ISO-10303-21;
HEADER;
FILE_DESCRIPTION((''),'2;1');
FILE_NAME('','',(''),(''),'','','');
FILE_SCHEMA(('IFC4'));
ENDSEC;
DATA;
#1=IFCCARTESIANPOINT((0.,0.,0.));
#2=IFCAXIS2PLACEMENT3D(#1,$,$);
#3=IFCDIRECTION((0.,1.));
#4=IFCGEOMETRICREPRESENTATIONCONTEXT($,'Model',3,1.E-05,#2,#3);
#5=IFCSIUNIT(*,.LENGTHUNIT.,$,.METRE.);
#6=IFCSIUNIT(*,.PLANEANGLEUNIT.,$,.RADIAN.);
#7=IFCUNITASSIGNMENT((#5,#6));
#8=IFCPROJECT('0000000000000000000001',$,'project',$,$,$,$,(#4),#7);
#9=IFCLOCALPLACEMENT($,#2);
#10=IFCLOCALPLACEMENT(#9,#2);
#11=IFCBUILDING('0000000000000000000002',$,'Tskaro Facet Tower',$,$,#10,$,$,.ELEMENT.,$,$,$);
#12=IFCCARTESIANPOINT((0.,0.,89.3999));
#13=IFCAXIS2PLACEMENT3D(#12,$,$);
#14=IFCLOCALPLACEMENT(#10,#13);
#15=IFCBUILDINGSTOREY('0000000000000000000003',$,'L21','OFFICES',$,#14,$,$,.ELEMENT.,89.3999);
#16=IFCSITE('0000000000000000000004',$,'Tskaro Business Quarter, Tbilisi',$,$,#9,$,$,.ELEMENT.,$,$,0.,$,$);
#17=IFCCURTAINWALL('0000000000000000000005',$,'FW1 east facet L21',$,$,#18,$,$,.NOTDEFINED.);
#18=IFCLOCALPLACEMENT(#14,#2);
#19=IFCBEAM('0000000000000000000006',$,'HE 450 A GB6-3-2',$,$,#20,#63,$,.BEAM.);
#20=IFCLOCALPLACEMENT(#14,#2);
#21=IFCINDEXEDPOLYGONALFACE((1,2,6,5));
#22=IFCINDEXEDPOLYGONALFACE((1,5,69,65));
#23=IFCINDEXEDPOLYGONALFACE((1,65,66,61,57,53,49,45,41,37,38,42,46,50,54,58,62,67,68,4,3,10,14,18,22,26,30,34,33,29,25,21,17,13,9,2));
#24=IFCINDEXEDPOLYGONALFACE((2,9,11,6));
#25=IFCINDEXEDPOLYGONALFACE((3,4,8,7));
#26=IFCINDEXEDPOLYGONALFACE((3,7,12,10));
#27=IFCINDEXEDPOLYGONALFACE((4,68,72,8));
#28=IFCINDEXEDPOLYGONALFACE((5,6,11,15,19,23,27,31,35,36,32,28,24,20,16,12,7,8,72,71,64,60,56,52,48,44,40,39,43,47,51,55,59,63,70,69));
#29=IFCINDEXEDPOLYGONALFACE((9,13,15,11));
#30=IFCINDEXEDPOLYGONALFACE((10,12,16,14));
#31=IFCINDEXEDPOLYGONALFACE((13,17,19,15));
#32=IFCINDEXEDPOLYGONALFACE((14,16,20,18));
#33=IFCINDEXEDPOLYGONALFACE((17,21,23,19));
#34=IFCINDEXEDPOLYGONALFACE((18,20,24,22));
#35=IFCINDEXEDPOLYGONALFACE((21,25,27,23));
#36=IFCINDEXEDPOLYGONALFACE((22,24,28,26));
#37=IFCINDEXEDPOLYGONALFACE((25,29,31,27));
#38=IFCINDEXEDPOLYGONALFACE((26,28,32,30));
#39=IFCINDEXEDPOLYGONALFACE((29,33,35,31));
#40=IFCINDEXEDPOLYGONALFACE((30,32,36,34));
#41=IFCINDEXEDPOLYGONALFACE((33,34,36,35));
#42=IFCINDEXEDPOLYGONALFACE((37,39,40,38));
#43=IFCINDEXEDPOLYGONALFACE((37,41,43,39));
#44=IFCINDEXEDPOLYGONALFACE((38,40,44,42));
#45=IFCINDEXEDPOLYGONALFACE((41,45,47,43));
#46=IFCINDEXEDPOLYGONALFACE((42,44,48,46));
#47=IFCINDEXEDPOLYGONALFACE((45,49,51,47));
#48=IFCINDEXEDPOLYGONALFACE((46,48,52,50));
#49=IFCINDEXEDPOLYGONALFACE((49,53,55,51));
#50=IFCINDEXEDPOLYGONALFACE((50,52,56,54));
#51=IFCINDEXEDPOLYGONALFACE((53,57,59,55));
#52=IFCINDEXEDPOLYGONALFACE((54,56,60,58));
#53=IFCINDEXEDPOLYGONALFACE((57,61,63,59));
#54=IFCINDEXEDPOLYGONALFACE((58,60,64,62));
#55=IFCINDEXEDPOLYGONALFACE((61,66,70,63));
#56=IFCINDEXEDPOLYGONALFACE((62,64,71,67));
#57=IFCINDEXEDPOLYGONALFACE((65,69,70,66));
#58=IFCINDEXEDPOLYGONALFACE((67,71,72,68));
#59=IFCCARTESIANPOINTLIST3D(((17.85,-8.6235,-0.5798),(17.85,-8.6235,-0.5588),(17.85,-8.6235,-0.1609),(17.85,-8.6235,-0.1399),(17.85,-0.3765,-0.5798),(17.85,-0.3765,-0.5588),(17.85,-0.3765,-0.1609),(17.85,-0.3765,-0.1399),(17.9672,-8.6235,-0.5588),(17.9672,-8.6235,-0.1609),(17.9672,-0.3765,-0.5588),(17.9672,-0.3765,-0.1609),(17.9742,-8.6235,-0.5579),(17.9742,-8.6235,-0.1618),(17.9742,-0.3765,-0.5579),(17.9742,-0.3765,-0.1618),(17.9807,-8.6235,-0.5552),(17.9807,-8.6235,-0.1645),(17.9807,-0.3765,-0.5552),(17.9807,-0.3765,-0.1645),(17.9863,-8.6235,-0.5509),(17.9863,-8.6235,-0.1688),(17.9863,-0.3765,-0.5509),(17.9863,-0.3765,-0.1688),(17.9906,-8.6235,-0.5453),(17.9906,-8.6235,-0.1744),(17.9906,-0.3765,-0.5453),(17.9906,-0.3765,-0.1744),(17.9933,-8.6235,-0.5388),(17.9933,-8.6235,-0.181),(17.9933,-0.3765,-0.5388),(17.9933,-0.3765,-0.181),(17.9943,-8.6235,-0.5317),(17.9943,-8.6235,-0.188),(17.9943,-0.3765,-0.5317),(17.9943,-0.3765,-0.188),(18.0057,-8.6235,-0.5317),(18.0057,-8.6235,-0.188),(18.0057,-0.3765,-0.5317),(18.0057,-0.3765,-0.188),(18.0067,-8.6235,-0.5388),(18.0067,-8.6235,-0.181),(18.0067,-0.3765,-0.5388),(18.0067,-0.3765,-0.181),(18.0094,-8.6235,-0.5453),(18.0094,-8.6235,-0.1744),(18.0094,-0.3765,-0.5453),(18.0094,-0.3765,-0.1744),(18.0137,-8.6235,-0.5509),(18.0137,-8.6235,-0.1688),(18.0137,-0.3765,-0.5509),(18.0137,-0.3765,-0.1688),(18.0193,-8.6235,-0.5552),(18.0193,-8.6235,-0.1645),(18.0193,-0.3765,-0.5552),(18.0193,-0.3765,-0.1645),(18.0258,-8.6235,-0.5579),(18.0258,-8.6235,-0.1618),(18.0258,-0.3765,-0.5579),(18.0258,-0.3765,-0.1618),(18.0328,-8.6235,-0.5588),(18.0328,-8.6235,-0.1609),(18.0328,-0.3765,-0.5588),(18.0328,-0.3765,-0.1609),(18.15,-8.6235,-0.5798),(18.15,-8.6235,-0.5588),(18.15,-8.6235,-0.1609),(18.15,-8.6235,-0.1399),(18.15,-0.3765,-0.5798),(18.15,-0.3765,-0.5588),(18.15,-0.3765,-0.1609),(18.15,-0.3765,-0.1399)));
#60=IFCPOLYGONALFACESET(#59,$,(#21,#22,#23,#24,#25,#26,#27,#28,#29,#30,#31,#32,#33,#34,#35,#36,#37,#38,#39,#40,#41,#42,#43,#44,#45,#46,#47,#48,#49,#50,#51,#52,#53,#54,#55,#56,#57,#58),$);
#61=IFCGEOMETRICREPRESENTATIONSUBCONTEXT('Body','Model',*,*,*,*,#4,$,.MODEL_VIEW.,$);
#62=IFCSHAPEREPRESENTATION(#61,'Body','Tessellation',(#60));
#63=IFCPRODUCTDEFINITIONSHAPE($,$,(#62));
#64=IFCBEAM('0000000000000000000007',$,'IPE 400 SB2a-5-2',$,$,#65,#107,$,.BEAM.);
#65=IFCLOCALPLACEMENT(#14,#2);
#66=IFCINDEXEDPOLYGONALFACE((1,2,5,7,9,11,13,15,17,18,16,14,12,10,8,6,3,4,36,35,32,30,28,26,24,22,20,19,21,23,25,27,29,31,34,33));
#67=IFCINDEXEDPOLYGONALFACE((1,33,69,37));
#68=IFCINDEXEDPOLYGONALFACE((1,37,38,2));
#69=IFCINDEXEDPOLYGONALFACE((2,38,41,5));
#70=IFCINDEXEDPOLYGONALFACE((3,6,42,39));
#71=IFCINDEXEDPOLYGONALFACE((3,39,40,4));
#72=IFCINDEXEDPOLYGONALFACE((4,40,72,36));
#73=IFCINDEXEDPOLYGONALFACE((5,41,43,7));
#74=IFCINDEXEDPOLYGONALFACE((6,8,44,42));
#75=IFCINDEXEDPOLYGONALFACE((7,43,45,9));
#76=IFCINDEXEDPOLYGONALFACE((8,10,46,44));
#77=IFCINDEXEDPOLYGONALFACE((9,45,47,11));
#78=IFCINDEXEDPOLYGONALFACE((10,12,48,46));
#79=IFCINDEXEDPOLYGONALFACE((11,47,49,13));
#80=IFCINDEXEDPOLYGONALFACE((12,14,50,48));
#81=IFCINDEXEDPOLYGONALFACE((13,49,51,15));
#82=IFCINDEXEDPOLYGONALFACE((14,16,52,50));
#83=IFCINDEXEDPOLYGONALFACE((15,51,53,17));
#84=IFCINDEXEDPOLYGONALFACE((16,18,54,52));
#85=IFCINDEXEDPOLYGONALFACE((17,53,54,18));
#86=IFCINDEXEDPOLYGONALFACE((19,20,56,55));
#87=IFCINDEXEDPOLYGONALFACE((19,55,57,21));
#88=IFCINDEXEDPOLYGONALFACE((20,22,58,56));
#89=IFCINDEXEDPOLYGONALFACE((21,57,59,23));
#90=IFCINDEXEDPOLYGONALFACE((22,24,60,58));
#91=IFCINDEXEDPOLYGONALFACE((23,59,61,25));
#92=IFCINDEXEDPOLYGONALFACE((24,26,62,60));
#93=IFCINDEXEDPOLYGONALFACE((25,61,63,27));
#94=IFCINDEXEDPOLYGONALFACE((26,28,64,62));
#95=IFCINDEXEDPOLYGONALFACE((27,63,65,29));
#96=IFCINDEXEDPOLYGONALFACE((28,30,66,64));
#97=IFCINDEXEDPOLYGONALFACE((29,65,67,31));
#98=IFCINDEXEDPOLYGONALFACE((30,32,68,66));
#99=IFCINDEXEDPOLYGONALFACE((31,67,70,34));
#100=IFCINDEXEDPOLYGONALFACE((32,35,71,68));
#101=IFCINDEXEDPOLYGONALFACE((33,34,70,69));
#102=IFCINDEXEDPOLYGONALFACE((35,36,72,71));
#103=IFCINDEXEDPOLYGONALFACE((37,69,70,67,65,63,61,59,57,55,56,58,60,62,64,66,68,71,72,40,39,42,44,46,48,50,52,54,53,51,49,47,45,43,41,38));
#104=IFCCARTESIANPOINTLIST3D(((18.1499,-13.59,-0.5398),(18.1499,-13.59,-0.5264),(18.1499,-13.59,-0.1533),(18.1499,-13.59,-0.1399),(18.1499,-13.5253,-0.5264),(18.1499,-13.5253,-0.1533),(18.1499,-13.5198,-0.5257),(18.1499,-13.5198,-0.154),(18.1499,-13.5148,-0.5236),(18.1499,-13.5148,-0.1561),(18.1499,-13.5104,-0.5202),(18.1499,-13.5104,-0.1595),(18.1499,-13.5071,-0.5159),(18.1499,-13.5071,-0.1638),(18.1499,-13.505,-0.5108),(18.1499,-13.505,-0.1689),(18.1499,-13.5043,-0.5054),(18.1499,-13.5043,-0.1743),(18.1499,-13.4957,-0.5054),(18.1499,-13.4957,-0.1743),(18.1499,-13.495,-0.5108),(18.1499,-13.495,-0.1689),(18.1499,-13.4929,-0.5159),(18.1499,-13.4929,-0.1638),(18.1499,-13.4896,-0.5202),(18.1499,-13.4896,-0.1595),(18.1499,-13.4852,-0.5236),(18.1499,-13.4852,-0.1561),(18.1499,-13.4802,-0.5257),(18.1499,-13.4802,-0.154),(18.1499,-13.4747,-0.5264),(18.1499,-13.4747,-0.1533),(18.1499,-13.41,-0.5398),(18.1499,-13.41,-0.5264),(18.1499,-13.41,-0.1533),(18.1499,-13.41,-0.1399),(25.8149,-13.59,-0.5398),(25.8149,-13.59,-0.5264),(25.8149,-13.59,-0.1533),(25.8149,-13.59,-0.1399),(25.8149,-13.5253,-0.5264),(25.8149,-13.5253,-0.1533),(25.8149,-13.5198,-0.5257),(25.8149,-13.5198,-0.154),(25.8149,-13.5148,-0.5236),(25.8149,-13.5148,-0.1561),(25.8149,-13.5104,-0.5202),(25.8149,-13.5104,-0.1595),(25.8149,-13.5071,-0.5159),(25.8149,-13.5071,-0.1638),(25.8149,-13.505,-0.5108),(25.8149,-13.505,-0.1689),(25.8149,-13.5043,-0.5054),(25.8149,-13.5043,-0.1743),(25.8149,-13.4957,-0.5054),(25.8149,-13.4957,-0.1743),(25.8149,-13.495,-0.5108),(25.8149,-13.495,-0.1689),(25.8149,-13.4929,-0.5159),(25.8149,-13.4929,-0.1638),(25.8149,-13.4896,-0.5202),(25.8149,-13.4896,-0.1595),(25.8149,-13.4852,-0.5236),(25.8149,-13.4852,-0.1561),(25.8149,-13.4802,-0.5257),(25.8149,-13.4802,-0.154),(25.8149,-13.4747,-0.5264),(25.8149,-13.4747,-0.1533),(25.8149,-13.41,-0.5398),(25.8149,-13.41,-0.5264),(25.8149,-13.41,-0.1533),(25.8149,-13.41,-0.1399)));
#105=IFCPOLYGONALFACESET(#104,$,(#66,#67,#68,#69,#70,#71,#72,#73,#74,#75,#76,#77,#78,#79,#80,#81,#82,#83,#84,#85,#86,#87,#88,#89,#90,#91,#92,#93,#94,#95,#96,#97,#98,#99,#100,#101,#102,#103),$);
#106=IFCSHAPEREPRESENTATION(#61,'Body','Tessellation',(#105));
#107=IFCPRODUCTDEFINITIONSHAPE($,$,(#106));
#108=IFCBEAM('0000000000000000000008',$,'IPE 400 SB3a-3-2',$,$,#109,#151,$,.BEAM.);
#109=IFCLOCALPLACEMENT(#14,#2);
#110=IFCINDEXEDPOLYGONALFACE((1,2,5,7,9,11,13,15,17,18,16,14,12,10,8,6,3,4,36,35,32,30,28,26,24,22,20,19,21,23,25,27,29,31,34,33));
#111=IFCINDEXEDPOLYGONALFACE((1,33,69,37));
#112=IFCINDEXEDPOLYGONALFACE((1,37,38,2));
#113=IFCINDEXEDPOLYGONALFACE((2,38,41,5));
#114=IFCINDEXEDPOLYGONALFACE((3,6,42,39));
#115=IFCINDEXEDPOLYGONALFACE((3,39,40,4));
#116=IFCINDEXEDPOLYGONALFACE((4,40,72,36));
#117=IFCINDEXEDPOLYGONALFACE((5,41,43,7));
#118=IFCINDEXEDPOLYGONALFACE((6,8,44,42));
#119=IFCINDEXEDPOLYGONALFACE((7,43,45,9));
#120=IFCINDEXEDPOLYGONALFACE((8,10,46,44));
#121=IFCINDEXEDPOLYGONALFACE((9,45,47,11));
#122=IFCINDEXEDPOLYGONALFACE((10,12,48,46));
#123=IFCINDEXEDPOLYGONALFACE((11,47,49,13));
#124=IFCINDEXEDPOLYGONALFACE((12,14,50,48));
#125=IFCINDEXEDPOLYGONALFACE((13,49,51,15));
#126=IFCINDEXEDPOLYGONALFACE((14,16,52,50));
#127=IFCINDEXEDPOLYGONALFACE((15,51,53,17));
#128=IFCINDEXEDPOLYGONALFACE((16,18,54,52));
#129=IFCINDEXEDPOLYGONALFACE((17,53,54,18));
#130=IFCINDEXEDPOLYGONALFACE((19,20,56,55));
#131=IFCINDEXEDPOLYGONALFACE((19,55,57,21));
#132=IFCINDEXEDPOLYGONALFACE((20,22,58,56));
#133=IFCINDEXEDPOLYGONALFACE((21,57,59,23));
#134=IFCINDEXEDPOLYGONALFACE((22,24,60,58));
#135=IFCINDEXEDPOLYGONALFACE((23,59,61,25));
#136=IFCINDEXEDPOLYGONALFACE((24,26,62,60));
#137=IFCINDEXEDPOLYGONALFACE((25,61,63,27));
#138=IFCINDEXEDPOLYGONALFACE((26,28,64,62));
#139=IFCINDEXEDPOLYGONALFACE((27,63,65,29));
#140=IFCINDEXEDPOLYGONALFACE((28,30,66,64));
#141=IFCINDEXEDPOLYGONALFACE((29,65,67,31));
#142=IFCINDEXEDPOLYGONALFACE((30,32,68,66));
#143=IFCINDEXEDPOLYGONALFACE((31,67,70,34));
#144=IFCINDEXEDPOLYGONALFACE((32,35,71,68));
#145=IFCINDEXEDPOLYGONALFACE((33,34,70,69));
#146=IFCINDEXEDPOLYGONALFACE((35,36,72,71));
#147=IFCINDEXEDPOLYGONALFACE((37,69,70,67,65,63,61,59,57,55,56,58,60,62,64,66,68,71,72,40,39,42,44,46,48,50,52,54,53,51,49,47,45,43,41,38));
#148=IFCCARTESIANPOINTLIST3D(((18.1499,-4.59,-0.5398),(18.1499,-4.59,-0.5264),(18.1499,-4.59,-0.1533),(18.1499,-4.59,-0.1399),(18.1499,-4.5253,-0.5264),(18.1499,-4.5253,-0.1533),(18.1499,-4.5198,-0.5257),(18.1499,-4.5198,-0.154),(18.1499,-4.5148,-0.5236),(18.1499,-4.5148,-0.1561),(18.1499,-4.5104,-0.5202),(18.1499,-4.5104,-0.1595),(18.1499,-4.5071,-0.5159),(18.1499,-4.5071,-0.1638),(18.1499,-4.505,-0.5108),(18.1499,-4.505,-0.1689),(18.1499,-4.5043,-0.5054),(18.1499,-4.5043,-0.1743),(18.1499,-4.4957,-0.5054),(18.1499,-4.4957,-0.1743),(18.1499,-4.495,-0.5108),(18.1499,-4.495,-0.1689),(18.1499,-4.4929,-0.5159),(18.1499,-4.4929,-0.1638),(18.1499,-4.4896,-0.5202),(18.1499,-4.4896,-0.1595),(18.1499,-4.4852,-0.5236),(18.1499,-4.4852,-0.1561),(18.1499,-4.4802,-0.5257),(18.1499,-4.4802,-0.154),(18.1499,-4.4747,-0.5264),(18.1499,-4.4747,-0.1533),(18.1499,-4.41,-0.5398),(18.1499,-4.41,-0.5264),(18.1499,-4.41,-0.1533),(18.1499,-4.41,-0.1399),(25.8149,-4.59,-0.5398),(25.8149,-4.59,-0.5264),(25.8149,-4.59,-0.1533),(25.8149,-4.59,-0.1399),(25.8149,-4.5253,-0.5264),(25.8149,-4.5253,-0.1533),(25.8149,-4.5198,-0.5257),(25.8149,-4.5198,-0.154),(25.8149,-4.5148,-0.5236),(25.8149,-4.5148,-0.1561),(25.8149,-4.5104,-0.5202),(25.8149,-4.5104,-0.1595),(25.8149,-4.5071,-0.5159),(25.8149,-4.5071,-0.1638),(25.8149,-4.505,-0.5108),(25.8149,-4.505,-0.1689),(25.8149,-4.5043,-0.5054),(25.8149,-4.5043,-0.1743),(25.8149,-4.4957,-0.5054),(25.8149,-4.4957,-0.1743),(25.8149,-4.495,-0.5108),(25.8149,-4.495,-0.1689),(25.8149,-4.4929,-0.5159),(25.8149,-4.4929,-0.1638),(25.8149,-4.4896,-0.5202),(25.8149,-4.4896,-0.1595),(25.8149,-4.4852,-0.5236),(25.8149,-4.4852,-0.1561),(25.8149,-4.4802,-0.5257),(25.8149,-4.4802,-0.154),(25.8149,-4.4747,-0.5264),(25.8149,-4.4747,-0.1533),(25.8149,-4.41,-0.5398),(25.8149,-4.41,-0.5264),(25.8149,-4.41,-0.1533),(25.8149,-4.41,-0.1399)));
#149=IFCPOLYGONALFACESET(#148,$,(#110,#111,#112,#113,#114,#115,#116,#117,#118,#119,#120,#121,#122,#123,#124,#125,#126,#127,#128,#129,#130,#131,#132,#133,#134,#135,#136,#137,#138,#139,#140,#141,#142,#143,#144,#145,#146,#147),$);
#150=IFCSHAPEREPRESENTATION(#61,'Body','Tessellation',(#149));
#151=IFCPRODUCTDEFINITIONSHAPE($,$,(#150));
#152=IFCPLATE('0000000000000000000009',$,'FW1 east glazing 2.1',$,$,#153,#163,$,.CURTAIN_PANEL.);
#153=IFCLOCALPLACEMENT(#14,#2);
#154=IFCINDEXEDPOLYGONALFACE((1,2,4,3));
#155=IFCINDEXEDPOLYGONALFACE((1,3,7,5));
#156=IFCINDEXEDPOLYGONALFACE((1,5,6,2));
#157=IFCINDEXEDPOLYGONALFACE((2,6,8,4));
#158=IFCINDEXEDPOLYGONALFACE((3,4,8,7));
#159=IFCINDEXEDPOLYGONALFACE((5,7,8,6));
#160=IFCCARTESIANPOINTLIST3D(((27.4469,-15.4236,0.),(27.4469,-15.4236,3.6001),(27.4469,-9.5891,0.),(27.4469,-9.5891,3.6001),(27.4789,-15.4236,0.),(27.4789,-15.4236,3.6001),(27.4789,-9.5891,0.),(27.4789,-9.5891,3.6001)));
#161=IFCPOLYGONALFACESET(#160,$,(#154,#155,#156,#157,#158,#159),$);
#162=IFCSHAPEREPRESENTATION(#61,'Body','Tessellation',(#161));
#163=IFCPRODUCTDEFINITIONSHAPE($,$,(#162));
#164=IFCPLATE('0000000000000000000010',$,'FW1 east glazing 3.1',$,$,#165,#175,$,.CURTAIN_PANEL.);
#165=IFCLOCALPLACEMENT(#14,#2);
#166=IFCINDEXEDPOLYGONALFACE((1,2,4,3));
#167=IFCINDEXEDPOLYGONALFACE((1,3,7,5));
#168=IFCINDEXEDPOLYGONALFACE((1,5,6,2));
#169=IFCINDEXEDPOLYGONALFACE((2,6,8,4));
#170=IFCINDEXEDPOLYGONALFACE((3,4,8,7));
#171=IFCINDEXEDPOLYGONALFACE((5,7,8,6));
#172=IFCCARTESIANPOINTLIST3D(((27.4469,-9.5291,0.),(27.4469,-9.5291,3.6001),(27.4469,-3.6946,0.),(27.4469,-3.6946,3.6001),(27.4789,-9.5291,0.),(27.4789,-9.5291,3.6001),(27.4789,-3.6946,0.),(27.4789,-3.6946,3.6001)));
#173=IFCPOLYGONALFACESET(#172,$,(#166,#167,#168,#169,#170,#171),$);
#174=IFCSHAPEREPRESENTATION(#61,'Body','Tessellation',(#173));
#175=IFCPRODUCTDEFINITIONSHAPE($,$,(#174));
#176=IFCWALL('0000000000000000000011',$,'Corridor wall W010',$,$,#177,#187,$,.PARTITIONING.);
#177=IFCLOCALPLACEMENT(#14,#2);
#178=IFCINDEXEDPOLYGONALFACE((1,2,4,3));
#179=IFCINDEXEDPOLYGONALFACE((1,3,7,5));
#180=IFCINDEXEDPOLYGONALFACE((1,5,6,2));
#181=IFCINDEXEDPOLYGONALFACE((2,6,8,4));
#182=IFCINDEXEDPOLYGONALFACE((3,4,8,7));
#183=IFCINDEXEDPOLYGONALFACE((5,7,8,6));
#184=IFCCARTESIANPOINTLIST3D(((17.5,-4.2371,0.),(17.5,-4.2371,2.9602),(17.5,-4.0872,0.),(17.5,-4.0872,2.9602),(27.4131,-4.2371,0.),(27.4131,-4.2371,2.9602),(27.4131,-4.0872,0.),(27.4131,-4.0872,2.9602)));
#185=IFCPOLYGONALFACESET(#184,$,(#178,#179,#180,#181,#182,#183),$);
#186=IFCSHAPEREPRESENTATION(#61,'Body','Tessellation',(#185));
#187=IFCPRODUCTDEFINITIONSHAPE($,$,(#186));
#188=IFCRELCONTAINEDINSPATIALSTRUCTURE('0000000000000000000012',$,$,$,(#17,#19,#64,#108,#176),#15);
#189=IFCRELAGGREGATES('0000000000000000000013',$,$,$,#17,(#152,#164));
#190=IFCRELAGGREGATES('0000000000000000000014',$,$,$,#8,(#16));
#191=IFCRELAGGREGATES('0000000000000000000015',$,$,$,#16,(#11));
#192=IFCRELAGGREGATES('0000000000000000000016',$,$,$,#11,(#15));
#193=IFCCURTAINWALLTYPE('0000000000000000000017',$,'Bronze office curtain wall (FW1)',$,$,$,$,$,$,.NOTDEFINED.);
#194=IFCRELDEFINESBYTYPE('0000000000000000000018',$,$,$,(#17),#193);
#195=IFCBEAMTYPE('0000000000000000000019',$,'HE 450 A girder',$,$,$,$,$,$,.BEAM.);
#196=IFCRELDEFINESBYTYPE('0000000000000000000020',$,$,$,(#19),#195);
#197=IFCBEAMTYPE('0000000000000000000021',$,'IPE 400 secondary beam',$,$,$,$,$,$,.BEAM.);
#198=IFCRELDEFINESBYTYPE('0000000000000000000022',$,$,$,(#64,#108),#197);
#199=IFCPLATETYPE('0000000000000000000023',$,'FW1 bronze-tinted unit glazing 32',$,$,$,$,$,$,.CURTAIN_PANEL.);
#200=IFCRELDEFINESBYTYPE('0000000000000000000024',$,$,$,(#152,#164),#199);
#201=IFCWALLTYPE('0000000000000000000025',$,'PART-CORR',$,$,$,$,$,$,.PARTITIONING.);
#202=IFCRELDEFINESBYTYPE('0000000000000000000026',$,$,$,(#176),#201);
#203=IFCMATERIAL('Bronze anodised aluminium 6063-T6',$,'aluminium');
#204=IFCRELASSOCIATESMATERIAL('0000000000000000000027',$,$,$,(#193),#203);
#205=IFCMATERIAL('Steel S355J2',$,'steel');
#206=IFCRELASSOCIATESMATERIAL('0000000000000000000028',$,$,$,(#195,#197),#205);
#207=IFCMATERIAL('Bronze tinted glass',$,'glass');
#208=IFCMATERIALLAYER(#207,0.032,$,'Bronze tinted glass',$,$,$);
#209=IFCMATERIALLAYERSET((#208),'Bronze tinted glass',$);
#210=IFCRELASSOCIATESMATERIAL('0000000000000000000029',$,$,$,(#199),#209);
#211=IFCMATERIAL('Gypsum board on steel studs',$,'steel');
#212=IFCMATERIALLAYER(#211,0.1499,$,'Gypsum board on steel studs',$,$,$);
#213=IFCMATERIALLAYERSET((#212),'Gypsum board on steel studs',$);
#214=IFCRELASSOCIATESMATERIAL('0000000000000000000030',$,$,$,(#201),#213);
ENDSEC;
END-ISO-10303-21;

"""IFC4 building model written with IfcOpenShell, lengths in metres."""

from ifc_helpers import new_model, si_unit, direction, frame, frame_2d, origin, origin_2d, place, context, subcontext, project, spatial, rectangle, i_section, extrude, material, layer, layer_set, material_profile, profile_set, type_object, element, aggregate, save


model = new_model("IFC4")

# Units and contexts
model_context = context("Model", 3, precision=1e-05, world=origin(), true_north=direction((0.0, 1.0)))
body_context = subcontext(model_context, "Body", "Model", "MODEL_VIEW")
ifc_project = project(units=[si_unit("LENGTHUNIT", "METRE"), si_unit("PLANEANGLEUNIT", "RADIAN")], contexts=[model_context])

# Site, building, storey
site_placement = place(None, origin())
site = spatial("IfcSite", under=ifc_project, at=site_placement, Name="Tskaro Business Quarter, Tbilisi", CompositionType="ELEMENT", RefElevation=0.0)
building_placement = place(site_placement, origin())
building = spatial("IfcBuilding", under=site, at=building_placement, Name="Tskaro Facet Tower", CompositionType="ELEMENT")
storey_placement = place(building_placement, frame((0.0, 0.0, 89.3999)))
storey = spatial("IfcBuildingStorey", under=building, at=storey_placement, Name="L21", Description="OFFICES", CompositionType="ELEMENT", Elevation=89.3999)

# Curtain wall
ifc_material_1 = material(Name="Bronze anodised aluminium 6063-T6", Category="aluminium")
curtain_wall_type = type_object("IfcCurtainWallType", Name="Bronze office curtain wall (FW1)", PredefinedType="NOTDEFINED", material=ifc_material_1)
curtain_wall_placement = place(storey_placement, origin())
curtain_wall = element("IfcCurtainWall", 1, at=curtain_wall_placement, inside=storey, type_object=curtain_wall_type, Name="FW1 east facet L21", PredefinedType="NOTDEFINED")

# Beams
ifc_material_2 = material(Name="Steel S355J2", Category="steel")
ifc_material_profile_1 = material_profile(ifc_material_2, i_section(OverallWidth=0.3, OverallDepth=0.4399, WebThickness=0.0115, FlangeThickness=0.021, FilletRadius=0.0271, at=origin_2d()), Name="HE 450 A")
ifc_profile_set_1 = profile_set([ifc_material_profile_1], Name="Steel S355J2")
beam_type_1 = type_object("IfcBeamType", Name="HE 450 A girder", PredefinedType="BEAM", material=ifc_profile_set_1)
for number, where, z_axis, x_axis, name in (
    (2, (18.0, -8.6235, -0.3599), (0.0, 1.0, 0.0), (-1.0, 0.0, 0.0), "HE 450 A GB6-3-2"),
):
    element("IfcBeam", number, at=place(storey_placement, frame(where, z_axis=z_axis, x_axis=x_axis)), inside=storey, type_object=beam_type_1, Name=name, PredefinedType="BEAM", context=body_context, shape_type="SweptSolid", body=[
        extrude(i_section(OverallWidth=0.3, OverallDepth=0.4399, WebThickness=0.0115, FlangeThickness=0.021, FilletRadius=0.0271, at=origin_2d()), origin(), (0.0, 0.0, 1.0), 8.2471),
    ])
ifc_material_profile_2 = material_profile(ifc_material_2, i_section(OverallWidth=0.1799, OverallDepth=0.3999, WebThickness=0.0085, FlangeThickness=0.0134, FilletRadius=0.021, at=origin_2d()), Name="IPE 400")
ifc_profile_set_2 = profile_set([ifc_material_profile_2], Name="Steel S355J2")
beam_type_2 = type_object("IfcBeamType", Name="IPE 400 secondary beam", PredefinedType="BEAM", material=ifc_profile_set_2)
for number, where, z_axis, x_axis, name in (
    (3, (18.1499, -13.5, -0.3398), (1.0, 0.0, 0.0), (0.0, 1.0, 0.0), "IPE 400 SB2a-5-2"),
    (4, (18.1499, -4.5, -0.3398), (1.0, 0.0, 0.0), (0.0, 1.0, 0.0), "IPE 400 SB3a-3-2"),
):
    element("IfcBeam", number, at=place(storey_placement, frame(where, z_axis=z_axis, x_axis=x_axis)), inside=storey, type_object=beam_type_2, Name=name, PredefinedType="BEAM", context=body_context, shape_type="SweptSolid", body=[
        extrude(i_section(OverallWidth=0.1799, OverallDepth=0.3999, WebThickness=0.0085, FlangeThickness=0.0134, FilletRadius=0.021, at=origin_2d()), origin(), (0.0, 0.0, 1.0), 7.665),
    ])

# Plates
ifc_material_3 = material(Name="Bronze tinted glass", Category="glass")
ifc_layer_1 = layer(ifc_material_3, 0.032, Name="Bronze tinted glass")
ifc_layer_set_1 = layer_set([ifc_layer_1], Name="Bronze tinted glass")
plate_type = type_object("IfcPlateType", Name="FW1 bronze-tinted unit glazing 32", PredefinedType="CURTAIN_PANEL", material=ifc_layer_set_1)
plate_1_placement = place(storey_placement, frame((27.4629, -12.5063, 0.0), z_axis=(0.0, 0.0, 1.0), x_axis=(0.0, 1.0, 0.0)))
plate_1 = element("IfcPlate", 5, at=plate_1_placement, type_object=plate_type, Name="FW1 east glazing 2.1", PredefinedType="CURTAIN_PANEL", context=body_context, shape_type="SweptSolid", body=[
    extrude(rectangle(XDim=5.8345, YDim=0.032, at=origin_2d()), origin(), (0.0, 0.0, 1.0), 3.6001),
])
plate_2_placement = place(storey_placement, frame((27.4629, -6.6118, 0.0), z_axis=(0.0, 0.0, 1.0), x_axis=(0.0, 1.0, 0.0)))
plate_2 = element("IfcPlate", 6, at=plate_2_placement, type_object=plate_type, Name="FW1 east glazing 3.1", PredefinedType="CURTAIN_PANEL", context=body_context, shape_type="SweptSolid", body=[
    extrude(rectangle(XDim=5.8345, YDim=0.032, at=origin_2d()), origin(), (0.0, 0.0, 1.0), 3.6001),
])
aggregate(curtain_wall, [plate_1, plate_2])

# Wall
ifc_material_4 = material(Name="Gypsum board on steel studs", Category="steel")
ifc_layer_2 = layer(ifc_material_4, 0.1499, Name="Gypsum board on steel studs")
ifc_layer_set_2 = layer_set([ifc_layer_2], Name="Gypsum board on steel studs")
wall_type = type_object("IfcWallType", Name="PART-CORR", PredefinedType="PARTITIONING", material=ifc_layer_set_2)
wall_1_placement = place(storey_placement, frame((17.5, -4.1621, 0.0), z_axis=(0.0, 0.0, 1.0), x_axis=(1.0, 0.0, 0.0)))
element("IfcWall", 7, at=wall_1_placement, inside=storey, type_object=wall_type, Name="Corridor wall W010", PredefinedType="PARTITIONING", context=body_context, shape_type="SweptSolid", body=[
    extrude(rectangle(XDim=9.9131, YDim=0.1499, at=frame_2d((4.9565, 0.0))), origin(), (0.0, 0.0, 1.0), 2.9602),
])

save(model, "model.ifc")
